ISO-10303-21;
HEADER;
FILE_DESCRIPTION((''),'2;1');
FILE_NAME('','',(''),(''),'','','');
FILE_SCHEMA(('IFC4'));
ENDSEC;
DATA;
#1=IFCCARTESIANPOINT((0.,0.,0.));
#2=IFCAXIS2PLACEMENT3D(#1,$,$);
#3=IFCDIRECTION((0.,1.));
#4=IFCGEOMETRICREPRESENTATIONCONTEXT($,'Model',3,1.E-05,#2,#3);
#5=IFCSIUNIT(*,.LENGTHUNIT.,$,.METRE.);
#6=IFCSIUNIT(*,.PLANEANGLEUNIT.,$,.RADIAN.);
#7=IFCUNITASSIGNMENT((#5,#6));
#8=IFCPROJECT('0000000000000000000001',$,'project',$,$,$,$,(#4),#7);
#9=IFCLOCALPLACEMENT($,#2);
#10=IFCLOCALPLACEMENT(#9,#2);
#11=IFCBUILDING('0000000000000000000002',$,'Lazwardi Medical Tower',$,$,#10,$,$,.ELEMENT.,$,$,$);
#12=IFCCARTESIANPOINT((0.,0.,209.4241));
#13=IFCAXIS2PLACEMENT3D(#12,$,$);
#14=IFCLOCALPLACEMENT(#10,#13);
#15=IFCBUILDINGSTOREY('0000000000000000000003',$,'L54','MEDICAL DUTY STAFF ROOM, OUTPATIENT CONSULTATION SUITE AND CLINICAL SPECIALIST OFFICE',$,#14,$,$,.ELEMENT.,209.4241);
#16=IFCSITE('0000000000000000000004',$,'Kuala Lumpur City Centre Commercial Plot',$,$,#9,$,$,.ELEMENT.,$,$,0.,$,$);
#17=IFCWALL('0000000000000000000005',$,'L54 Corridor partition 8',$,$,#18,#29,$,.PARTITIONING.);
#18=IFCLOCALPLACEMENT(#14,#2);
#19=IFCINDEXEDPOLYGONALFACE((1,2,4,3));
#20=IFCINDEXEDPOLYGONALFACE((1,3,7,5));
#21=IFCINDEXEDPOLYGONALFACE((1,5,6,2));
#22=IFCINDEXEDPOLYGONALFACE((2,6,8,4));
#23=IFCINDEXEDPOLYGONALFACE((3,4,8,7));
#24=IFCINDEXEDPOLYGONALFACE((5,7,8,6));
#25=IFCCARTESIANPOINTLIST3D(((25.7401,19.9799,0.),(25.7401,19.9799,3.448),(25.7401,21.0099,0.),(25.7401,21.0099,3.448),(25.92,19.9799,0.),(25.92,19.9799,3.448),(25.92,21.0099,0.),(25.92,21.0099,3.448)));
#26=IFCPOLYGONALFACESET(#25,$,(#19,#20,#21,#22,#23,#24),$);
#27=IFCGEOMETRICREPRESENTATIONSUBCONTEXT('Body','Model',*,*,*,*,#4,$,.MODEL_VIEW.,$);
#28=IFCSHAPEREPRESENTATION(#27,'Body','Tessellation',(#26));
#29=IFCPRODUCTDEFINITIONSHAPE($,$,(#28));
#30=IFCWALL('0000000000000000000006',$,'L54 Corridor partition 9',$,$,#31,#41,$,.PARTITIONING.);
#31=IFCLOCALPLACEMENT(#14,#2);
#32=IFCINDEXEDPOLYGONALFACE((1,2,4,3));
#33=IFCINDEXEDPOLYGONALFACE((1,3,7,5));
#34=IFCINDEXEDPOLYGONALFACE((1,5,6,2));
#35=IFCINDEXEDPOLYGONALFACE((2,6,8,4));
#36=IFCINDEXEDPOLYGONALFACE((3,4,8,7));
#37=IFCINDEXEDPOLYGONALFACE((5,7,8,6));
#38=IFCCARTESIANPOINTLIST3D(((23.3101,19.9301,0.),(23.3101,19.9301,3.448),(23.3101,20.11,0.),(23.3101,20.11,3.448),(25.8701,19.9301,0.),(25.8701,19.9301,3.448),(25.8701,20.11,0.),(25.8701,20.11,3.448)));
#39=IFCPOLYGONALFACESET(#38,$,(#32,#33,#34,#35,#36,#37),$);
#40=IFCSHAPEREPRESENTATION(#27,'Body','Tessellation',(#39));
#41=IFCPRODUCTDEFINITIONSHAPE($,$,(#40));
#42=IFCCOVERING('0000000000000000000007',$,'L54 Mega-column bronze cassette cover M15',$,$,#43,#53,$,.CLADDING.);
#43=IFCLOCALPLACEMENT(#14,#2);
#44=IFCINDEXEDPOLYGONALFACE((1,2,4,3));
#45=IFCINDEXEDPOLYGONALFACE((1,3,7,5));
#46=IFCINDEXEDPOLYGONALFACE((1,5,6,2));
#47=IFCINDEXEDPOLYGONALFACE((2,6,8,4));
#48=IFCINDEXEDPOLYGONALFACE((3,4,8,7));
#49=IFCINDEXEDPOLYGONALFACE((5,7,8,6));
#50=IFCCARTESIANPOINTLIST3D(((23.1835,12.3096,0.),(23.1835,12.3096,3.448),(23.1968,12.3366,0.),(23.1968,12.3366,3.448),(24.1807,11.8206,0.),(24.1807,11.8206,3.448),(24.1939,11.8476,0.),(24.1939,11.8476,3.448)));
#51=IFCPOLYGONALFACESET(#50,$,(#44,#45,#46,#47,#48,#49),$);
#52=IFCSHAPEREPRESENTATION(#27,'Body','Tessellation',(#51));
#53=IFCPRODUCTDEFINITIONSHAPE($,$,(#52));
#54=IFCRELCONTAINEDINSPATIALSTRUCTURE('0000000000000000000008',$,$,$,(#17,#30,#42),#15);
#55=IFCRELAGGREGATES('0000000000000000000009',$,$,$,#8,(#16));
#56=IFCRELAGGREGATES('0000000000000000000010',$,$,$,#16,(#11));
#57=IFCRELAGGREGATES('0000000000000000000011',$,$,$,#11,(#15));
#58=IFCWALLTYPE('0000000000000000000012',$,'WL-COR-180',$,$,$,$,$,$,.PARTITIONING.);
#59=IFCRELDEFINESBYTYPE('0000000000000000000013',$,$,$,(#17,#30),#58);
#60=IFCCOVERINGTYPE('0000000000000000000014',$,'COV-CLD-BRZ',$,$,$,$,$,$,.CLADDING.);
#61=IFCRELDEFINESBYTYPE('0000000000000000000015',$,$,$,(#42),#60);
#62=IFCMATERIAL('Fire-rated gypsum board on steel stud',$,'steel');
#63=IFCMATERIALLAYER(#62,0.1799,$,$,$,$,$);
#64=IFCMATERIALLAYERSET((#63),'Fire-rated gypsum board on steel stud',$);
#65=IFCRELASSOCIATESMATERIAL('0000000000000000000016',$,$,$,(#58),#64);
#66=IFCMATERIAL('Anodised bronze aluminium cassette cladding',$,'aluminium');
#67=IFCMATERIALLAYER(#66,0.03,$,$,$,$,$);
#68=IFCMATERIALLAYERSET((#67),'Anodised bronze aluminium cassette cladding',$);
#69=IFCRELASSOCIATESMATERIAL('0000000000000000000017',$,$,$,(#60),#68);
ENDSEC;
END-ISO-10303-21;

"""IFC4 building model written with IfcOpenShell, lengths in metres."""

from ifc_helpers import new_model, si_unit, direction, frame, frame_2d, origin, origin_2d, place, context, subcontext, project, spatial, rectangle, extrude, material, layer, layer_set, type_object, element, save


model = new_model("IFC4")

# Units and contexts
model_context = context("Model", 3, precision=1e-05, world=origin(), true_north=direction((0.0, 1.0)))
body_context = subcontext(model_context, "Body", "Model", "MODEL_VIEW")
ifc_project = project(units=[si_unit("LENGTHUNIT", "METRE"), si_unit("PLANEANGLEUNIT", "RADIAN")], contexts=[model_context])

# Site, building, storey
site_placement = place(None, origin())
site = spatial("IfcSite", under=ifc_project, at=site_placement, Name="Kuala Lumpur City Centre Commercial Plot", CompositionType="ELEMENT", RefElevation=0.0)
building_placement = place(site_placement, origin())
building = spatial("IfcBuilding", under=site, at=building_placement, Name="Lazwardi Medical Tower", CompositionType="ELEMENT")
storey_placement = place(building_placement, frame((0.0, 0.0, 209.4241)))
storey = spatial("IfcBuildingStorey", under=building, at=storey_placement, Name="L54", Description="MEDICAL DUTY STAFF ROOM, OUTPATIENT CONSULTATION SUITE AND CLINICAL SPECIALIST OFFICE", CompositionType="ELEMENT", Elevation=209.4241)

# Walls
ifc_material_1 = material(Name="Fire-rated gypsum board on steel stud", Category="steel")
ifc_layer_1 = layer(ifc_material_1, 0.1799)
ifc_layer_set_1 = layer_set([ifc_layer_1], Name="Fire-rated gypsum board on steel stud")
wall_type_1 = type_object("IfcWallType", Name="WL-COR-180", PredefinedType="PARTITIONING", material=ifc_layer_set_1)
wall_1_placement = place(storey_placement, frame((25.8301, 21.01, 0.0), z_axis=(0.0, 0.0, 1.0), x_axis=(0.0, -1.0, 0.0)))
element("IfcWall", 1, at=wall_1_placement, inside=storey, type_object=wall_type_1, Name="L54 Corridor partition 8", PredefinedType="PARTITIONING", context=body_context, shape_type="SweptSolid", body=[
    extrude(rectangle(XDim=1.03, YDim=0.1799, at=frame_2d((0.5151, 0.0))), origin(), (0.0, 0.0, 1.0), 3.448),
])
wall_2_placement = place(storey_placement, frame((25.8701, 20.02, 0.0), z_axis=(0.0, 0.0, 1.0), x_axis=(-1.0, 0.0, 0.0)))
element("IfcWall", 2, at=wall_2_placement, inside=storey, type_object=wall_type_1, Name="L54 Corridor partition 9", PredefinedType="PARTITIONING", context=body_context, shape_type="SweptSolid", body=[
    extrude(rectangle(XDim=2.5601, YDim=0.1799, at=frame_2d((1.28, 0.0))), origin(), (0.0, 0.0, 1.0), 3.448),
])

# Covering
ifc_material_2 = material(Name="Anodised bronze aluminium cassette cladding", Category="aluminium")
ifc_layer_2 = layer(ifc_material_2, 0.03)
ifc_layer_set_2 = layer_set([ifc_layer_2], Name="Anodised bronze aluminium cassette cladding")
covering_type = type_object("IfcCoveringType", Name="COV-CLD-BRZ", PredefinedType="CLADDING", material=ifc_layer_set_2)
covering_placement = place(storey_placement, frame((23.6887, 12.0786, 0.0), z_axis=(0.0, 0.0, 1.0), x_axis=(0.89784, -0.440322, 0.0)))
element("IfcCovering", 3, at=covering_placement, inside=storey, type_object=covering_type, Name="L54 Mega-column bronze cassette cover M15", PredefinedType="CLADDING", context=body_context, shape_type="SweptSolid", body=[
    extrude(rectangle(XDim=1.1106, YDim=0.03, at=origin_2d()), origin(), (0.0, 0.0, 1.0), 3.448),
])

save(model, "model.ifc")
